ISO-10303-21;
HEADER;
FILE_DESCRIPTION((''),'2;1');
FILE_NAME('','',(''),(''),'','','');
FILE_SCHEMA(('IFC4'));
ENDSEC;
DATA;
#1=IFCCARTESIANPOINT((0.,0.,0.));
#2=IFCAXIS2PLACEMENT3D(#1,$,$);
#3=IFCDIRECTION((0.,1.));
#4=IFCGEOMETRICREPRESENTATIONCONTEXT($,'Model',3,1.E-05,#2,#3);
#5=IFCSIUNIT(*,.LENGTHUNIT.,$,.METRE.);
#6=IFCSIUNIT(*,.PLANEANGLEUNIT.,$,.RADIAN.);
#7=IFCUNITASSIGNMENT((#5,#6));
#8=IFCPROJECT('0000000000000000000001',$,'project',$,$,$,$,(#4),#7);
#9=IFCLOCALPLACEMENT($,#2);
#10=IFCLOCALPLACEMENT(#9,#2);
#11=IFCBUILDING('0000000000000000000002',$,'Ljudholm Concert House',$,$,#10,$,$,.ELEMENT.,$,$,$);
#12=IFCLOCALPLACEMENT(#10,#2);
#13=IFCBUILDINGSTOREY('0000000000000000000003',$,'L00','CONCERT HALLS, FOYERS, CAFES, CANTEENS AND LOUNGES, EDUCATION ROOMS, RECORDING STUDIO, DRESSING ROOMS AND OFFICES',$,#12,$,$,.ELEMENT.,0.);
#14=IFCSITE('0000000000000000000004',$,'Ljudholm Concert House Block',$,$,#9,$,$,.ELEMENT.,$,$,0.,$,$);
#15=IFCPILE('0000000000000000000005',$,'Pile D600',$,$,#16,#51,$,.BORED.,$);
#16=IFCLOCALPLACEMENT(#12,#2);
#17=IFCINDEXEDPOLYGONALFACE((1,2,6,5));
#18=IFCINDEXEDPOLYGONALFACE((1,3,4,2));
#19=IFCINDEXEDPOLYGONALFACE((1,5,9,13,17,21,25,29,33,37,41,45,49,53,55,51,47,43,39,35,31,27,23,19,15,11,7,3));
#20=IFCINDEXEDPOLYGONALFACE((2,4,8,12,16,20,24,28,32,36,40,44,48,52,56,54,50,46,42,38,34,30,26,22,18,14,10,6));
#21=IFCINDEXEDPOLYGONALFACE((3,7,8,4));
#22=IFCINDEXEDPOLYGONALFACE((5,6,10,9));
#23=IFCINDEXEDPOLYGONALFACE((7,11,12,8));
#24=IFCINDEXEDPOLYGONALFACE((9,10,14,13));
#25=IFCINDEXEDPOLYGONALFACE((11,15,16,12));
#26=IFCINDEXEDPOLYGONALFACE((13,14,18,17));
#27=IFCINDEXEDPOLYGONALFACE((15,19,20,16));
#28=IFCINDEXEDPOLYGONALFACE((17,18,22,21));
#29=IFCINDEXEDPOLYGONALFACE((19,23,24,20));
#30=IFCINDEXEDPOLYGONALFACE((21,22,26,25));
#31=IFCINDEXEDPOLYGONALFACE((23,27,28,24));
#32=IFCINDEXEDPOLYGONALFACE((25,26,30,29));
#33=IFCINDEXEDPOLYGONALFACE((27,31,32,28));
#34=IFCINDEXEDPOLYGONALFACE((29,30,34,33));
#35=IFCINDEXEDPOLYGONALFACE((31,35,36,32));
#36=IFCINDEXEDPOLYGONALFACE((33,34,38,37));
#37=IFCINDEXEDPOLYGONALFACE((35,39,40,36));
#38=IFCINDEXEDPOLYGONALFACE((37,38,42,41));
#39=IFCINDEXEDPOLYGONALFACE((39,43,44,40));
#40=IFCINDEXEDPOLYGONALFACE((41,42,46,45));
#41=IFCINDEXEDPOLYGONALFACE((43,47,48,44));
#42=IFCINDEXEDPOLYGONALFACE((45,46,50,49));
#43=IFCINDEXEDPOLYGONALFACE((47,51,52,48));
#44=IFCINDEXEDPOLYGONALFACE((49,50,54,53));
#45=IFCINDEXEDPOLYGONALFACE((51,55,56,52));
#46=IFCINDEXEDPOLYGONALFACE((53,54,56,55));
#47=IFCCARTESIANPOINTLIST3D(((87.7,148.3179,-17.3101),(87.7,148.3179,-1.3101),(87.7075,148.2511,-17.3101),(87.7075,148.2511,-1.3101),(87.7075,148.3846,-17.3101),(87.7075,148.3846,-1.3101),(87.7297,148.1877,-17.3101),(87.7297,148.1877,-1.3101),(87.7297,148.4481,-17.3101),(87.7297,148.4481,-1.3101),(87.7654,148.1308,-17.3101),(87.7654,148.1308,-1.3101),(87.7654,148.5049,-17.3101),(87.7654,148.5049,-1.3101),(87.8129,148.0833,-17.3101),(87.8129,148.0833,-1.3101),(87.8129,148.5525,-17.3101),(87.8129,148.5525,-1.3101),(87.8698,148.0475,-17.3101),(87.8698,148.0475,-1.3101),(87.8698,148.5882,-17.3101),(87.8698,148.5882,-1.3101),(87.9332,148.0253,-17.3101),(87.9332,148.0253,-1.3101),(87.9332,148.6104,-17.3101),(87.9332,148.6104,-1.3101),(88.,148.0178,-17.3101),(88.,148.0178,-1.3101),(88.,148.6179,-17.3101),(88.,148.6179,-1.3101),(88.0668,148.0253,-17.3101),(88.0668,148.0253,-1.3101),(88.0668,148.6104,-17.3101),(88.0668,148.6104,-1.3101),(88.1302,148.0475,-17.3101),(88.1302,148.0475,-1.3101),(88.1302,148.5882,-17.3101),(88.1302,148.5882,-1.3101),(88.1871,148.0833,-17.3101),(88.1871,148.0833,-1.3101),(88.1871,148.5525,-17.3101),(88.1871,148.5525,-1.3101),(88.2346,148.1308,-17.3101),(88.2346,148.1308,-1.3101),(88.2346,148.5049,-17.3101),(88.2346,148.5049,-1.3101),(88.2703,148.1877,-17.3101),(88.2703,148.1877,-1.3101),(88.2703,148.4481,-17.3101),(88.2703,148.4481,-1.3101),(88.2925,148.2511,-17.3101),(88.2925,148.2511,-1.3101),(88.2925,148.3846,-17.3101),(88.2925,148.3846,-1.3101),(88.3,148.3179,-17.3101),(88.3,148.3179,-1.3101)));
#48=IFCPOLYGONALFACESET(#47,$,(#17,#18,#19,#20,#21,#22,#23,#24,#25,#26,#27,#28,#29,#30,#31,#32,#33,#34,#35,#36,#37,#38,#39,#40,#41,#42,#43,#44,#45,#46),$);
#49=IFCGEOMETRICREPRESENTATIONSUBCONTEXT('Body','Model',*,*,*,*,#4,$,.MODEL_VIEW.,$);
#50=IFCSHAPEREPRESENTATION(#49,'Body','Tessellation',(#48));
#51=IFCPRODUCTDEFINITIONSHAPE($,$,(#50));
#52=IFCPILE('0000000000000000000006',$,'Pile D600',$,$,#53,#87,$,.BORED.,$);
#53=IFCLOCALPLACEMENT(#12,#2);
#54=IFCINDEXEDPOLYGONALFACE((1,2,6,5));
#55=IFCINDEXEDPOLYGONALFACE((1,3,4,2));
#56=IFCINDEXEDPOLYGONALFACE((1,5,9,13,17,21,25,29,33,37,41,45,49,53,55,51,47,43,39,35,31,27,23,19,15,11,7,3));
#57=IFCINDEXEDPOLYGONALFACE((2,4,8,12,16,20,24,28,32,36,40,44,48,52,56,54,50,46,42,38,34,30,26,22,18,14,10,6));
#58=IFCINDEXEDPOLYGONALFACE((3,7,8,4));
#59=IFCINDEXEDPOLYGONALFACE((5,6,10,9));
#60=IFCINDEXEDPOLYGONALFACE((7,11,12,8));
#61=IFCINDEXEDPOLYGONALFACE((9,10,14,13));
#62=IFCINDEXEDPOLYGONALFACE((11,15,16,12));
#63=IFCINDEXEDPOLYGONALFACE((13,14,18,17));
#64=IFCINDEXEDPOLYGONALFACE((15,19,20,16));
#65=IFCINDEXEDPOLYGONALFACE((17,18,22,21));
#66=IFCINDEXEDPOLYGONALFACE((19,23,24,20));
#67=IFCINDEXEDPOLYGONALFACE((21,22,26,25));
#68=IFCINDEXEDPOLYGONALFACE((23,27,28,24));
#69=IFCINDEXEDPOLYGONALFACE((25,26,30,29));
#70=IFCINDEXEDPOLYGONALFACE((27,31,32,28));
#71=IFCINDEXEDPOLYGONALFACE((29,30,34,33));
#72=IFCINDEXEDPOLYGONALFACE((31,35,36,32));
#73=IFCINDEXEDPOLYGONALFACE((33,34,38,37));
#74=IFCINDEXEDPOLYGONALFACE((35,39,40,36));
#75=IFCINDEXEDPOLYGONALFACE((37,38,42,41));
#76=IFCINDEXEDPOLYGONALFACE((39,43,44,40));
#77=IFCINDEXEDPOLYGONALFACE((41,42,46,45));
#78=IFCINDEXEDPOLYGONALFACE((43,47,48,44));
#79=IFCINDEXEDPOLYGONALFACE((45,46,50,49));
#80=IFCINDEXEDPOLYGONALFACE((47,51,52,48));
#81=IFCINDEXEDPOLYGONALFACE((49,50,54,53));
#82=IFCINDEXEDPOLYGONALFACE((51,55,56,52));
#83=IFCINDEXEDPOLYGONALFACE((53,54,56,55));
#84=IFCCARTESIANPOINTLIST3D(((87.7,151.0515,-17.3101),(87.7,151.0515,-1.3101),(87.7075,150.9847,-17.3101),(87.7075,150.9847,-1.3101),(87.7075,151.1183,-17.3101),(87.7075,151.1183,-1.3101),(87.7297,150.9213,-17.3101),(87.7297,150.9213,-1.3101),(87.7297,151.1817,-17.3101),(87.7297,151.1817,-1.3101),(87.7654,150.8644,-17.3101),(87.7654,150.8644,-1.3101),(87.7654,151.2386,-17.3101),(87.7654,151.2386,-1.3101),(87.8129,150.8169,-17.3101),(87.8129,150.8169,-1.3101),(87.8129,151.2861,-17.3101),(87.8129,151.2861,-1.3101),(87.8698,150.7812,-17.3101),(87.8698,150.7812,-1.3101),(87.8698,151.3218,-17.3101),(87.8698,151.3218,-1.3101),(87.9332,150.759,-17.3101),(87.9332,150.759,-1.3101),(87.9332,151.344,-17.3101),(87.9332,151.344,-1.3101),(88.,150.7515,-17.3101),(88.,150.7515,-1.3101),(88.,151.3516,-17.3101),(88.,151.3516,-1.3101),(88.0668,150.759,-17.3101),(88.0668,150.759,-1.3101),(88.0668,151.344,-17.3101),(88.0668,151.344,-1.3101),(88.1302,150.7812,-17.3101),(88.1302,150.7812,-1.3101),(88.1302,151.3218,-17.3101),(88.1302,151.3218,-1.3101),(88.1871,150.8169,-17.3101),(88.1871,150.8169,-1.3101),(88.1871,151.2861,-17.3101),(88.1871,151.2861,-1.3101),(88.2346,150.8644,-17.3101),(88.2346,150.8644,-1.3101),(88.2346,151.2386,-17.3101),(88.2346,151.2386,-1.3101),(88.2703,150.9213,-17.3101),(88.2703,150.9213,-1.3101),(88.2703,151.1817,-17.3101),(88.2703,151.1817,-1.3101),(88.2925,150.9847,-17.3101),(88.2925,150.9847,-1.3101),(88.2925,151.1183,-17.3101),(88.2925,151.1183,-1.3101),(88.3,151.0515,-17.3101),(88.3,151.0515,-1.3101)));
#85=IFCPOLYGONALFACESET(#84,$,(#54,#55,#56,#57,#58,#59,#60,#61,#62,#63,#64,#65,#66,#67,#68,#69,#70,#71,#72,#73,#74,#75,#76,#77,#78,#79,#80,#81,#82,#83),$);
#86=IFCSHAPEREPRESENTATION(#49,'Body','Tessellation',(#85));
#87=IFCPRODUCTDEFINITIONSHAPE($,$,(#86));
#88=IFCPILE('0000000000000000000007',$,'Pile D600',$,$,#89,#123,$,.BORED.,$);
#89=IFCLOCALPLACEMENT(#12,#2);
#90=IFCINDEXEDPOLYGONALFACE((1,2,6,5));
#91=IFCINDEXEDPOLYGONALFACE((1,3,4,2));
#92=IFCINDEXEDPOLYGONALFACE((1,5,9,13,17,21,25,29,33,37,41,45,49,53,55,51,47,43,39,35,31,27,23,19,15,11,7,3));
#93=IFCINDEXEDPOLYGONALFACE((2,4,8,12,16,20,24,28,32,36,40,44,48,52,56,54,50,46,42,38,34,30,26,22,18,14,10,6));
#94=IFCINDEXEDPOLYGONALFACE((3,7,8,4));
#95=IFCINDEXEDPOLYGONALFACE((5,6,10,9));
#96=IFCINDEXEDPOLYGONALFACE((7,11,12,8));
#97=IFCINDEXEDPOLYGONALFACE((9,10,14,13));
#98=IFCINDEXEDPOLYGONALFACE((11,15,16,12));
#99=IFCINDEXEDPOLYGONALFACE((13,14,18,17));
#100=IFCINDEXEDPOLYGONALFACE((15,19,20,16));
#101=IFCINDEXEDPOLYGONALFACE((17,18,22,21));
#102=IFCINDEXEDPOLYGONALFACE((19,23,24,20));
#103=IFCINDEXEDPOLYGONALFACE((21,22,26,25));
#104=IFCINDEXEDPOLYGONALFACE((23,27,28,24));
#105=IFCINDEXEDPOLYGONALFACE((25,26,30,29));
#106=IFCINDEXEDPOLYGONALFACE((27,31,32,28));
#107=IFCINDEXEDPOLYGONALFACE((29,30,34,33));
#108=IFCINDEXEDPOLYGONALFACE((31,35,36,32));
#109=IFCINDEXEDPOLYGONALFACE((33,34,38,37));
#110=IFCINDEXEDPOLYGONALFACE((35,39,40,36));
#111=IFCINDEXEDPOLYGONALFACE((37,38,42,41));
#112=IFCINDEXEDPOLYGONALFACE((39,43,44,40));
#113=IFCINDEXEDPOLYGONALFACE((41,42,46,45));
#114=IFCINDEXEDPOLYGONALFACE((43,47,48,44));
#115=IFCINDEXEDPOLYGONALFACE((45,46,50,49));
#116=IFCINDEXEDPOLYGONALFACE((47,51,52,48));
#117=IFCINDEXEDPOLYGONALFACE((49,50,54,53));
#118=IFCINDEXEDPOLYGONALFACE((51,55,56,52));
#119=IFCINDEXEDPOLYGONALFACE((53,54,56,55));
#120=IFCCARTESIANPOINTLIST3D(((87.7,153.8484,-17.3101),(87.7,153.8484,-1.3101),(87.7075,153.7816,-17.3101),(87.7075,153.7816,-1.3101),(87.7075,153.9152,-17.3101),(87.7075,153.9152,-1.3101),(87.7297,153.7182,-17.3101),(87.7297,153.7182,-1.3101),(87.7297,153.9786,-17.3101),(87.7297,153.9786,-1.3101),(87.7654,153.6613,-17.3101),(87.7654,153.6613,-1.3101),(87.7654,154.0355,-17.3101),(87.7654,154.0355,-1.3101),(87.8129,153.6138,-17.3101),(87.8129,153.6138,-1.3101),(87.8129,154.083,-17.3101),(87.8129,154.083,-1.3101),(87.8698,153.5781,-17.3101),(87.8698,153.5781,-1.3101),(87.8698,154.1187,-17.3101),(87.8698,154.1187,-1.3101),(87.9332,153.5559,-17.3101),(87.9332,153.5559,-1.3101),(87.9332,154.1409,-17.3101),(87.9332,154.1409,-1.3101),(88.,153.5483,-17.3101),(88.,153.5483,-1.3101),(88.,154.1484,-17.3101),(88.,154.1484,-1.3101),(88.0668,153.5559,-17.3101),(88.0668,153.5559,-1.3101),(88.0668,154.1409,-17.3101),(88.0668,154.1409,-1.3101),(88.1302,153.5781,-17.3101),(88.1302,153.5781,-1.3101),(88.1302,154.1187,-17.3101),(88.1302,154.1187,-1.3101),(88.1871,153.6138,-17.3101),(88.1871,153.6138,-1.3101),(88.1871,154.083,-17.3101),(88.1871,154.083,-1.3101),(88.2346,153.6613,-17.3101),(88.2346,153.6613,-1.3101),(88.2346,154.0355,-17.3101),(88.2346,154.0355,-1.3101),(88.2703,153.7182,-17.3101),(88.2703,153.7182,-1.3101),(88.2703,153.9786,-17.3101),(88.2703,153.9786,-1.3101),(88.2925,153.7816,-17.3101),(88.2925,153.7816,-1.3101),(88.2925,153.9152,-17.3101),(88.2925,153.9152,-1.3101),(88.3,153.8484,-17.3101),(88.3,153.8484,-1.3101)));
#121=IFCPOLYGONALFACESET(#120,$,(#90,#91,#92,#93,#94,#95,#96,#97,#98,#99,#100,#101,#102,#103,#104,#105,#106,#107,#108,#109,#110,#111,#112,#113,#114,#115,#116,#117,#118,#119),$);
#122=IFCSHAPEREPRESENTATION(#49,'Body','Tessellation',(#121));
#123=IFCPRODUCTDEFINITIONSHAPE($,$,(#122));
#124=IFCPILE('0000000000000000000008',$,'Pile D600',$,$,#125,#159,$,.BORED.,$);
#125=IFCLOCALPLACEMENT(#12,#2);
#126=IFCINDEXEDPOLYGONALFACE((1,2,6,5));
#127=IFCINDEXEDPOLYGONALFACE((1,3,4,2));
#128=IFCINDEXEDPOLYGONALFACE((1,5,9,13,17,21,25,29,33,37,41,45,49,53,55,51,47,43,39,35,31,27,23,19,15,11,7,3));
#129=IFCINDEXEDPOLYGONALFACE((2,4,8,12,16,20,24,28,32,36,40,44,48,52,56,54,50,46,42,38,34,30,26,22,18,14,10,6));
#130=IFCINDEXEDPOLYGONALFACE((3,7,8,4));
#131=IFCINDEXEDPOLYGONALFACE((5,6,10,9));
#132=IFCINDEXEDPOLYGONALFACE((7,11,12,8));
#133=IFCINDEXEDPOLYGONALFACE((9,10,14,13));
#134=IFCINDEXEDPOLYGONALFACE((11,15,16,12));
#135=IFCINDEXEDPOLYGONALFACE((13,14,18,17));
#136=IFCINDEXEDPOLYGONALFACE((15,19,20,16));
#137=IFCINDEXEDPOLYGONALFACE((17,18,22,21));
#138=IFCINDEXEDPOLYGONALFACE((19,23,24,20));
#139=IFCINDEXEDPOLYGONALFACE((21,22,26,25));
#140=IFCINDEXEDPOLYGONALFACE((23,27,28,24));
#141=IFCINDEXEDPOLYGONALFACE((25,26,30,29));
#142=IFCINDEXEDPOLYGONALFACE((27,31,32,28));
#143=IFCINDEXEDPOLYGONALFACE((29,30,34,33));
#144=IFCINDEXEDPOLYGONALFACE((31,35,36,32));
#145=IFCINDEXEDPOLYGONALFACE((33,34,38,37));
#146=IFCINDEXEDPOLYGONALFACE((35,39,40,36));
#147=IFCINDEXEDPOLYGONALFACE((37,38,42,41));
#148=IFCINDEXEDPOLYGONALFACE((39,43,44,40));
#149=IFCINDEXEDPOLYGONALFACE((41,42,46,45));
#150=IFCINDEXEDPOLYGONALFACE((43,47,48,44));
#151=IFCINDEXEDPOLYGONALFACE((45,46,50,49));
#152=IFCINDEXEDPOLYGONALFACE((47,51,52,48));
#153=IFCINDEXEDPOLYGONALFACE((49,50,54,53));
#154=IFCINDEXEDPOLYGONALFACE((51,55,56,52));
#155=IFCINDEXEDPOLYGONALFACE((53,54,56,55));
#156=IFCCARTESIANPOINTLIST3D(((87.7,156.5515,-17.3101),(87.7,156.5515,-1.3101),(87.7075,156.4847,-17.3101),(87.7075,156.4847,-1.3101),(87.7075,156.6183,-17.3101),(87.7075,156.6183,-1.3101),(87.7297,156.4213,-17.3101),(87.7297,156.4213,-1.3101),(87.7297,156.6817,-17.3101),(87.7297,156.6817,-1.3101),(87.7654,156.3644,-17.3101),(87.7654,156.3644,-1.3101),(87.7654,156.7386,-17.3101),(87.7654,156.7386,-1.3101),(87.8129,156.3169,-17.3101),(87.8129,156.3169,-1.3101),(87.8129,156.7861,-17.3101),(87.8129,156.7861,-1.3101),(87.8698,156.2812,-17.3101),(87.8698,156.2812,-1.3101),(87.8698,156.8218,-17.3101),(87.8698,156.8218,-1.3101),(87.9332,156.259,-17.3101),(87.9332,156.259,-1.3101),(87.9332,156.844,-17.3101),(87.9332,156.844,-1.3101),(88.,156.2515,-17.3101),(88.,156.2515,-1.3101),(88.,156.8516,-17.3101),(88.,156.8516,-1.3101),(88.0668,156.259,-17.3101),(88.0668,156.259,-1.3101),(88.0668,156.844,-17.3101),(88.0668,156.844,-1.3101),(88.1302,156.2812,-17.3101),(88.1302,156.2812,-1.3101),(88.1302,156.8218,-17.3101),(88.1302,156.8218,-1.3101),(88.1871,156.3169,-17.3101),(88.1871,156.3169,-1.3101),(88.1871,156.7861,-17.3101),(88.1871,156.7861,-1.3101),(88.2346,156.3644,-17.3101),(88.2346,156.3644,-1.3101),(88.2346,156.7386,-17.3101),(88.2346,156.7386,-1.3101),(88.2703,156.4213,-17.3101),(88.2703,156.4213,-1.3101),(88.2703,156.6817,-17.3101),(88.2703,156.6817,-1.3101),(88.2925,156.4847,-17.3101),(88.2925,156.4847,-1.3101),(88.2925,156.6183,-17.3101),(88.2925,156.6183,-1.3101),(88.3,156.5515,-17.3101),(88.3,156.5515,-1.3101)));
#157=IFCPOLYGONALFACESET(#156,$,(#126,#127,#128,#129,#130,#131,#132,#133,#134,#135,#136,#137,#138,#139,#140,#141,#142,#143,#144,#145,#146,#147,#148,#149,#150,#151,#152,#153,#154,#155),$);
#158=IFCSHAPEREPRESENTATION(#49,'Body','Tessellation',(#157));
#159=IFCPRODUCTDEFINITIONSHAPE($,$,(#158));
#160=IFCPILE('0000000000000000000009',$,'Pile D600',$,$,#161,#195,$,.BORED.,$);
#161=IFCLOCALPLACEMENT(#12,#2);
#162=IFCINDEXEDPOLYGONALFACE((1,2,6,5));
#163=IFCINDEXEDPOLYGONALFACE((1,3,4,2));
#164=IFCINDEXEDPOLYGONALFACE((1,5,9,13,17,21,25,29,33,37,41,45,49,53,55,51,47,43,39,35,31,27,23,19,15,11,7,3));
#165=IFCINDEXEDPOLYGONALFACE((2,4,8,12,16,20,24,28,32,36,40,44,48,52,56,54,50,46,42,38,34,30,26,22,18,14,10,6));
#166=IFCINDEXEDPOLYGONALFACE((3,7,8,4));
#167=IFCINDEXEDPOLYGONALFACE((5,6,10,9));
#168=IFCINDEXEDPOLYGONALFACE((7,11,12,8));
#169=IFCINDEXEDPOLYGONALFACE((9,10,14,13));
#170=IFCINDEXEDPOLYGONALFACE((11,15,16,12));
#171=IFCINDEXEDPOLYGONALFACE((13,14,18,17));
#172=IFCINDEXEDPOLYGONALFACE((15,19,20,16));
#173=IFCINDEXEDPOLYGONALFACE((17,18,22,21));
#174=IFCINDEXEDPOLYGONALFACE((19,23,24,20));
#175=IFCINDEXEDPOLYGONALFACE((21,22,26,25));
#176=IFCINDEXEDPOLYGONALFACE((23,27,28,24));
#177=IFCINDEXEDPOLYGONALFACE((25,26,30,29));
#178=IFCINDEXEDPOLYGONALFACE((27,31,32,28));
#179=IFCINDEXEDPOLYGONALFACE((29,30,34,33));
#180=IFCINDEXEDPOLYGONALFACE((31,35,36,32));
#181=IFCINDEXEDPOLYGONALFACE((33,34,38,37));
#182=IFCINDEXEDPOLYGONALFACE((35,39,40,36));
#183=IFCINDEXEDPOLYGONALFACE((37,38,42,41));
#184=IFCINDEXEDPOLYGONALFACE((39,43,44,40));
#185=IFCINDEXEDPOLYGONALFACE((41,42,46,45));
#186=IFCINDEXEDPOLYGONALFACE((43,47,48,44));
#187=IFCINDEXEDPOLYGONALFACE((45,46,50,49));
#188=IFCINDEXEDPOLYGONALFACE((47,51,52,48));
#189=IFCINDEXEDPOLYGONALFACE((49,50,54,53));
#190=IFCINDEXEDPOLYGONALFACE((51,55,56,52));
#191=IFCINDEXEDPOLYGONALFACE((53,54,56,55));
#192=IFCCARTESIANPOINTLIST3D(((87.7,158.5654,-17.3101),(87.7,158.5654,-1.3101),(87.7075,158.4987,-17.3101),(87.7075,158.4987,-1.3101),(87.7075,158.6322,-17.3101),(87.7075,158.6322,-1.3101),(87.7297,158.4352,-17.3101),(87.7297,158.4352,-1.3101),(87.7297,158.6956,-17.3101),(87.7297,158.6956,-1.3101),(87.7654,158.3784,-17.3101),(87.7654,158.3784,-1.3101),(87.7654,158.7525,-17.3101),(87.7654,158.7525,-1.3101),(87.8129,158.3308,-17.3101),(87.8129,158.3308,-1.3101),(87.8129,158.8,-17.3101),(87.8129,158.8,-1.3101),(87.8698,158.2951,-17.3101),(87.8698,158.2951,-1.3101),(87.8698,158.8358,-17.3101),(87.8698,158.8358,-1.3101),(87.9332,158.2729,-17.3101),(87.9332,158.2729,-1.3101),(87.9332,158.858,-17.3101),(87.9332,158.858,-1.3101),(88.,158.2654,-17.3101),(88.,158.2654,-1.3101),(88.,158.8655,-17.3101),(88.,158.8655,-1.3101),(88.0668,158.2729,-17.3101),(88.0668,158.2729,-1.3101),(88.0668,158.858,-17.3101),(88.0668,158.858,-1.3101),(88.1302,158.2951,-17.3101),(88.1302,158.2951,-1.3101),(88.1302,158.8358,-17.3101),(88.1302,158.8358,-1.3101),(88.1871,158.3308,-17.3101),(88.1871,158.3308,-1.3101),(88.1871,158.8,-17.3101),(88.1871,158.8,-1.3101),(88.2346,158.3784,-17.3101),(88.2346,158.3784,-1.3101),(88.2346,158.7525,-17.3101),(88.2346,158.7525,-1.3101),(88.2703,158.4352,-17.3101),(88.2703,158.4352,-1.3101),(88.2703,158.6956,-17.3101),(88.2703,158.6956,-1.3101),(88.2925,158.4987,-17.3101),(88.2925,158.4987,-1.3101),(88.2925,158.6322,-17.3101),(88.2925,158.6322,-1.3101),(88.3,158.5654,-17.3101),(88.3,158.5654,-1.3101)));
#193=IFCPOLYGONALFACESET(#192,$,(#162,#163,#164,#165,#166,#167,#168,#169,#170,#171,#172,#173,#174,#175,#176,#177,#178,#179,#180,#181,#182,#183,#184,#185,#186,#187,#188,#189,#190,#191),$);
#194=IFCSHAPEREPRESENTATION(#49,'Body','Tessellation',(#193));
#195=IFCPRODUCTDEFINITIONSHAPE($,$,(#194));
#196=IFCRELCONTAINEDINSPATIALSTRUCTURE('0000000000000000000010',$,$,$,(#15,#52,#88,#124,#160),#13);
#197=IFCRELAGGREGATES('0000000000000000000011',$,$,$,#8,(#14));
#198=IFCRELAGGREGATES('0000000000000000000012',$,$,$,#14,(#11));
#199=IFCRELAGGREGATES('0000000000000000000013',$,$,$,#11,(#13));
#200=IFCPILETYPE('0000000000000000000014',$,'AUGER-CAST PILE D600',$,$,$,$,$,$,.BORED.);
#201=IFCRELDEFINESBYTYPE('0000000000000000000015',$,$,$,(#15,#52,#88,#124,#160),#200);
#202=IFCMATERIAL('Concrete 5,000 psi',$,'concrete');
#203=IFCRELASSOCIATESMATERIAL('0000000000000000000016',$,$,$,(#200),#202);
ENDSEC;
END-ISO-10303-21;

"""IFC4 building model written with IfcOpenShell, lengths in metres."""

from ifc_helpers import new_model, si_unit, direction, frame, origin, origin_2d, place, context, subcontext, project, spatial, circle, extrude, material, material_profile, profile_set, type_object, element, save


model = new_model("IFC4")

# Units and contexts
model_context = context("Model", 3, precision=1e-05, world=origin(), true_north=direction((0.0, 1.0)))
body_context = subcontext(model_context, "Body", "Model", "MODEL_VIEW")
ifc_project = project(units=[si_unit("LENGTHUNIT", "METRE"), si_unit("PLANEANGLEUNIT", "RADIAN")], contexts=[model_context])

# Site, building, storey
site_placement = place(None, origin())
site = spatial("IfcSite", under=ifc_project, at=site_placement, Name="Ljudholm Concert House Block", CompositionType="ELEMENT", RefElevation=0.0)
building_placement = place(site_placement, origin())
building = spatial("IfcBuilding", under=site, at=building_placement, Name="Ljudholm Concert House", CompositionType="ELEMENT")
storey_placement = place(building_placement, origin())
storey = spatial("IfcBuildingStorey", under=building, at=storey_placement, Name="L00", Description="CONCERT HALLS, FOYERS, CAFES, CANTEENS AND LOUNGES, EDUCATION ROOMS, RECORDING STUDIO, DRESSING ROOMS AND OFFICES", CompositionType="ELEMENT", Elevation=0.0)

# Piles
ifc_material_1 = material(Name="Concrete 5,000 psi", Category="concrete")
ifc_material_profile = material_profile(ifc_material_1, circle(Radius=0.3, at=origin_2d()), Name="AUGER-CAST PILE D600")
ifc_profile_set = profile_set([ifc_material_profile], Name="Concrete 5,000 psi")
pile_type = type_object("IfcPileType", Name="AUGER-CAST PILE D600", PredefinedType="BORED", material=ifc_profile_set)
for number, where, z_axis, x_axis, name in (
    (1, (88.0, 148.3179, -1.3101), (0.0, 0.0, -1.0), (1.0, 0.0, 0.0), "Pile D600"),
    (2, (88.0, 151.0515, -1.3101), (0.0, 0.0, -1.0), (1.0, 0.0, 0.0), "Pile D600"),
    (3, (88.0, 153.8484, -1.3101), (0.0, 0.0, -1.0), (1.0, 0.0, 0.0), "Pile D600"),
    (4, (88.0, 156.5515, -1.3101), (0.0, 0.0, -1.0), (1.0, 0.0, 0.0), "Pile D600"),
    (5, (88.0, 158.5654, -1.3101), (0.0, 0.0, -1.0), (1.0, 0.0, 0.0), "Pile D600"),
):
    element("IfcPile", number, at=place(storey_placement, frame(where, z_axis=z_axis, x_axis=x_axis)), inside=storey, type_object=pile_type, Name=name, PredefinedType="BORED", context=body_context, shape_type="SweptSolid", body=[
        extrude(circle(Radius=0.3, at=origin_2d()), origin(), (0.0, 0.0, 1.0), 16.0),
    ])

save(model, "model.ifc")
